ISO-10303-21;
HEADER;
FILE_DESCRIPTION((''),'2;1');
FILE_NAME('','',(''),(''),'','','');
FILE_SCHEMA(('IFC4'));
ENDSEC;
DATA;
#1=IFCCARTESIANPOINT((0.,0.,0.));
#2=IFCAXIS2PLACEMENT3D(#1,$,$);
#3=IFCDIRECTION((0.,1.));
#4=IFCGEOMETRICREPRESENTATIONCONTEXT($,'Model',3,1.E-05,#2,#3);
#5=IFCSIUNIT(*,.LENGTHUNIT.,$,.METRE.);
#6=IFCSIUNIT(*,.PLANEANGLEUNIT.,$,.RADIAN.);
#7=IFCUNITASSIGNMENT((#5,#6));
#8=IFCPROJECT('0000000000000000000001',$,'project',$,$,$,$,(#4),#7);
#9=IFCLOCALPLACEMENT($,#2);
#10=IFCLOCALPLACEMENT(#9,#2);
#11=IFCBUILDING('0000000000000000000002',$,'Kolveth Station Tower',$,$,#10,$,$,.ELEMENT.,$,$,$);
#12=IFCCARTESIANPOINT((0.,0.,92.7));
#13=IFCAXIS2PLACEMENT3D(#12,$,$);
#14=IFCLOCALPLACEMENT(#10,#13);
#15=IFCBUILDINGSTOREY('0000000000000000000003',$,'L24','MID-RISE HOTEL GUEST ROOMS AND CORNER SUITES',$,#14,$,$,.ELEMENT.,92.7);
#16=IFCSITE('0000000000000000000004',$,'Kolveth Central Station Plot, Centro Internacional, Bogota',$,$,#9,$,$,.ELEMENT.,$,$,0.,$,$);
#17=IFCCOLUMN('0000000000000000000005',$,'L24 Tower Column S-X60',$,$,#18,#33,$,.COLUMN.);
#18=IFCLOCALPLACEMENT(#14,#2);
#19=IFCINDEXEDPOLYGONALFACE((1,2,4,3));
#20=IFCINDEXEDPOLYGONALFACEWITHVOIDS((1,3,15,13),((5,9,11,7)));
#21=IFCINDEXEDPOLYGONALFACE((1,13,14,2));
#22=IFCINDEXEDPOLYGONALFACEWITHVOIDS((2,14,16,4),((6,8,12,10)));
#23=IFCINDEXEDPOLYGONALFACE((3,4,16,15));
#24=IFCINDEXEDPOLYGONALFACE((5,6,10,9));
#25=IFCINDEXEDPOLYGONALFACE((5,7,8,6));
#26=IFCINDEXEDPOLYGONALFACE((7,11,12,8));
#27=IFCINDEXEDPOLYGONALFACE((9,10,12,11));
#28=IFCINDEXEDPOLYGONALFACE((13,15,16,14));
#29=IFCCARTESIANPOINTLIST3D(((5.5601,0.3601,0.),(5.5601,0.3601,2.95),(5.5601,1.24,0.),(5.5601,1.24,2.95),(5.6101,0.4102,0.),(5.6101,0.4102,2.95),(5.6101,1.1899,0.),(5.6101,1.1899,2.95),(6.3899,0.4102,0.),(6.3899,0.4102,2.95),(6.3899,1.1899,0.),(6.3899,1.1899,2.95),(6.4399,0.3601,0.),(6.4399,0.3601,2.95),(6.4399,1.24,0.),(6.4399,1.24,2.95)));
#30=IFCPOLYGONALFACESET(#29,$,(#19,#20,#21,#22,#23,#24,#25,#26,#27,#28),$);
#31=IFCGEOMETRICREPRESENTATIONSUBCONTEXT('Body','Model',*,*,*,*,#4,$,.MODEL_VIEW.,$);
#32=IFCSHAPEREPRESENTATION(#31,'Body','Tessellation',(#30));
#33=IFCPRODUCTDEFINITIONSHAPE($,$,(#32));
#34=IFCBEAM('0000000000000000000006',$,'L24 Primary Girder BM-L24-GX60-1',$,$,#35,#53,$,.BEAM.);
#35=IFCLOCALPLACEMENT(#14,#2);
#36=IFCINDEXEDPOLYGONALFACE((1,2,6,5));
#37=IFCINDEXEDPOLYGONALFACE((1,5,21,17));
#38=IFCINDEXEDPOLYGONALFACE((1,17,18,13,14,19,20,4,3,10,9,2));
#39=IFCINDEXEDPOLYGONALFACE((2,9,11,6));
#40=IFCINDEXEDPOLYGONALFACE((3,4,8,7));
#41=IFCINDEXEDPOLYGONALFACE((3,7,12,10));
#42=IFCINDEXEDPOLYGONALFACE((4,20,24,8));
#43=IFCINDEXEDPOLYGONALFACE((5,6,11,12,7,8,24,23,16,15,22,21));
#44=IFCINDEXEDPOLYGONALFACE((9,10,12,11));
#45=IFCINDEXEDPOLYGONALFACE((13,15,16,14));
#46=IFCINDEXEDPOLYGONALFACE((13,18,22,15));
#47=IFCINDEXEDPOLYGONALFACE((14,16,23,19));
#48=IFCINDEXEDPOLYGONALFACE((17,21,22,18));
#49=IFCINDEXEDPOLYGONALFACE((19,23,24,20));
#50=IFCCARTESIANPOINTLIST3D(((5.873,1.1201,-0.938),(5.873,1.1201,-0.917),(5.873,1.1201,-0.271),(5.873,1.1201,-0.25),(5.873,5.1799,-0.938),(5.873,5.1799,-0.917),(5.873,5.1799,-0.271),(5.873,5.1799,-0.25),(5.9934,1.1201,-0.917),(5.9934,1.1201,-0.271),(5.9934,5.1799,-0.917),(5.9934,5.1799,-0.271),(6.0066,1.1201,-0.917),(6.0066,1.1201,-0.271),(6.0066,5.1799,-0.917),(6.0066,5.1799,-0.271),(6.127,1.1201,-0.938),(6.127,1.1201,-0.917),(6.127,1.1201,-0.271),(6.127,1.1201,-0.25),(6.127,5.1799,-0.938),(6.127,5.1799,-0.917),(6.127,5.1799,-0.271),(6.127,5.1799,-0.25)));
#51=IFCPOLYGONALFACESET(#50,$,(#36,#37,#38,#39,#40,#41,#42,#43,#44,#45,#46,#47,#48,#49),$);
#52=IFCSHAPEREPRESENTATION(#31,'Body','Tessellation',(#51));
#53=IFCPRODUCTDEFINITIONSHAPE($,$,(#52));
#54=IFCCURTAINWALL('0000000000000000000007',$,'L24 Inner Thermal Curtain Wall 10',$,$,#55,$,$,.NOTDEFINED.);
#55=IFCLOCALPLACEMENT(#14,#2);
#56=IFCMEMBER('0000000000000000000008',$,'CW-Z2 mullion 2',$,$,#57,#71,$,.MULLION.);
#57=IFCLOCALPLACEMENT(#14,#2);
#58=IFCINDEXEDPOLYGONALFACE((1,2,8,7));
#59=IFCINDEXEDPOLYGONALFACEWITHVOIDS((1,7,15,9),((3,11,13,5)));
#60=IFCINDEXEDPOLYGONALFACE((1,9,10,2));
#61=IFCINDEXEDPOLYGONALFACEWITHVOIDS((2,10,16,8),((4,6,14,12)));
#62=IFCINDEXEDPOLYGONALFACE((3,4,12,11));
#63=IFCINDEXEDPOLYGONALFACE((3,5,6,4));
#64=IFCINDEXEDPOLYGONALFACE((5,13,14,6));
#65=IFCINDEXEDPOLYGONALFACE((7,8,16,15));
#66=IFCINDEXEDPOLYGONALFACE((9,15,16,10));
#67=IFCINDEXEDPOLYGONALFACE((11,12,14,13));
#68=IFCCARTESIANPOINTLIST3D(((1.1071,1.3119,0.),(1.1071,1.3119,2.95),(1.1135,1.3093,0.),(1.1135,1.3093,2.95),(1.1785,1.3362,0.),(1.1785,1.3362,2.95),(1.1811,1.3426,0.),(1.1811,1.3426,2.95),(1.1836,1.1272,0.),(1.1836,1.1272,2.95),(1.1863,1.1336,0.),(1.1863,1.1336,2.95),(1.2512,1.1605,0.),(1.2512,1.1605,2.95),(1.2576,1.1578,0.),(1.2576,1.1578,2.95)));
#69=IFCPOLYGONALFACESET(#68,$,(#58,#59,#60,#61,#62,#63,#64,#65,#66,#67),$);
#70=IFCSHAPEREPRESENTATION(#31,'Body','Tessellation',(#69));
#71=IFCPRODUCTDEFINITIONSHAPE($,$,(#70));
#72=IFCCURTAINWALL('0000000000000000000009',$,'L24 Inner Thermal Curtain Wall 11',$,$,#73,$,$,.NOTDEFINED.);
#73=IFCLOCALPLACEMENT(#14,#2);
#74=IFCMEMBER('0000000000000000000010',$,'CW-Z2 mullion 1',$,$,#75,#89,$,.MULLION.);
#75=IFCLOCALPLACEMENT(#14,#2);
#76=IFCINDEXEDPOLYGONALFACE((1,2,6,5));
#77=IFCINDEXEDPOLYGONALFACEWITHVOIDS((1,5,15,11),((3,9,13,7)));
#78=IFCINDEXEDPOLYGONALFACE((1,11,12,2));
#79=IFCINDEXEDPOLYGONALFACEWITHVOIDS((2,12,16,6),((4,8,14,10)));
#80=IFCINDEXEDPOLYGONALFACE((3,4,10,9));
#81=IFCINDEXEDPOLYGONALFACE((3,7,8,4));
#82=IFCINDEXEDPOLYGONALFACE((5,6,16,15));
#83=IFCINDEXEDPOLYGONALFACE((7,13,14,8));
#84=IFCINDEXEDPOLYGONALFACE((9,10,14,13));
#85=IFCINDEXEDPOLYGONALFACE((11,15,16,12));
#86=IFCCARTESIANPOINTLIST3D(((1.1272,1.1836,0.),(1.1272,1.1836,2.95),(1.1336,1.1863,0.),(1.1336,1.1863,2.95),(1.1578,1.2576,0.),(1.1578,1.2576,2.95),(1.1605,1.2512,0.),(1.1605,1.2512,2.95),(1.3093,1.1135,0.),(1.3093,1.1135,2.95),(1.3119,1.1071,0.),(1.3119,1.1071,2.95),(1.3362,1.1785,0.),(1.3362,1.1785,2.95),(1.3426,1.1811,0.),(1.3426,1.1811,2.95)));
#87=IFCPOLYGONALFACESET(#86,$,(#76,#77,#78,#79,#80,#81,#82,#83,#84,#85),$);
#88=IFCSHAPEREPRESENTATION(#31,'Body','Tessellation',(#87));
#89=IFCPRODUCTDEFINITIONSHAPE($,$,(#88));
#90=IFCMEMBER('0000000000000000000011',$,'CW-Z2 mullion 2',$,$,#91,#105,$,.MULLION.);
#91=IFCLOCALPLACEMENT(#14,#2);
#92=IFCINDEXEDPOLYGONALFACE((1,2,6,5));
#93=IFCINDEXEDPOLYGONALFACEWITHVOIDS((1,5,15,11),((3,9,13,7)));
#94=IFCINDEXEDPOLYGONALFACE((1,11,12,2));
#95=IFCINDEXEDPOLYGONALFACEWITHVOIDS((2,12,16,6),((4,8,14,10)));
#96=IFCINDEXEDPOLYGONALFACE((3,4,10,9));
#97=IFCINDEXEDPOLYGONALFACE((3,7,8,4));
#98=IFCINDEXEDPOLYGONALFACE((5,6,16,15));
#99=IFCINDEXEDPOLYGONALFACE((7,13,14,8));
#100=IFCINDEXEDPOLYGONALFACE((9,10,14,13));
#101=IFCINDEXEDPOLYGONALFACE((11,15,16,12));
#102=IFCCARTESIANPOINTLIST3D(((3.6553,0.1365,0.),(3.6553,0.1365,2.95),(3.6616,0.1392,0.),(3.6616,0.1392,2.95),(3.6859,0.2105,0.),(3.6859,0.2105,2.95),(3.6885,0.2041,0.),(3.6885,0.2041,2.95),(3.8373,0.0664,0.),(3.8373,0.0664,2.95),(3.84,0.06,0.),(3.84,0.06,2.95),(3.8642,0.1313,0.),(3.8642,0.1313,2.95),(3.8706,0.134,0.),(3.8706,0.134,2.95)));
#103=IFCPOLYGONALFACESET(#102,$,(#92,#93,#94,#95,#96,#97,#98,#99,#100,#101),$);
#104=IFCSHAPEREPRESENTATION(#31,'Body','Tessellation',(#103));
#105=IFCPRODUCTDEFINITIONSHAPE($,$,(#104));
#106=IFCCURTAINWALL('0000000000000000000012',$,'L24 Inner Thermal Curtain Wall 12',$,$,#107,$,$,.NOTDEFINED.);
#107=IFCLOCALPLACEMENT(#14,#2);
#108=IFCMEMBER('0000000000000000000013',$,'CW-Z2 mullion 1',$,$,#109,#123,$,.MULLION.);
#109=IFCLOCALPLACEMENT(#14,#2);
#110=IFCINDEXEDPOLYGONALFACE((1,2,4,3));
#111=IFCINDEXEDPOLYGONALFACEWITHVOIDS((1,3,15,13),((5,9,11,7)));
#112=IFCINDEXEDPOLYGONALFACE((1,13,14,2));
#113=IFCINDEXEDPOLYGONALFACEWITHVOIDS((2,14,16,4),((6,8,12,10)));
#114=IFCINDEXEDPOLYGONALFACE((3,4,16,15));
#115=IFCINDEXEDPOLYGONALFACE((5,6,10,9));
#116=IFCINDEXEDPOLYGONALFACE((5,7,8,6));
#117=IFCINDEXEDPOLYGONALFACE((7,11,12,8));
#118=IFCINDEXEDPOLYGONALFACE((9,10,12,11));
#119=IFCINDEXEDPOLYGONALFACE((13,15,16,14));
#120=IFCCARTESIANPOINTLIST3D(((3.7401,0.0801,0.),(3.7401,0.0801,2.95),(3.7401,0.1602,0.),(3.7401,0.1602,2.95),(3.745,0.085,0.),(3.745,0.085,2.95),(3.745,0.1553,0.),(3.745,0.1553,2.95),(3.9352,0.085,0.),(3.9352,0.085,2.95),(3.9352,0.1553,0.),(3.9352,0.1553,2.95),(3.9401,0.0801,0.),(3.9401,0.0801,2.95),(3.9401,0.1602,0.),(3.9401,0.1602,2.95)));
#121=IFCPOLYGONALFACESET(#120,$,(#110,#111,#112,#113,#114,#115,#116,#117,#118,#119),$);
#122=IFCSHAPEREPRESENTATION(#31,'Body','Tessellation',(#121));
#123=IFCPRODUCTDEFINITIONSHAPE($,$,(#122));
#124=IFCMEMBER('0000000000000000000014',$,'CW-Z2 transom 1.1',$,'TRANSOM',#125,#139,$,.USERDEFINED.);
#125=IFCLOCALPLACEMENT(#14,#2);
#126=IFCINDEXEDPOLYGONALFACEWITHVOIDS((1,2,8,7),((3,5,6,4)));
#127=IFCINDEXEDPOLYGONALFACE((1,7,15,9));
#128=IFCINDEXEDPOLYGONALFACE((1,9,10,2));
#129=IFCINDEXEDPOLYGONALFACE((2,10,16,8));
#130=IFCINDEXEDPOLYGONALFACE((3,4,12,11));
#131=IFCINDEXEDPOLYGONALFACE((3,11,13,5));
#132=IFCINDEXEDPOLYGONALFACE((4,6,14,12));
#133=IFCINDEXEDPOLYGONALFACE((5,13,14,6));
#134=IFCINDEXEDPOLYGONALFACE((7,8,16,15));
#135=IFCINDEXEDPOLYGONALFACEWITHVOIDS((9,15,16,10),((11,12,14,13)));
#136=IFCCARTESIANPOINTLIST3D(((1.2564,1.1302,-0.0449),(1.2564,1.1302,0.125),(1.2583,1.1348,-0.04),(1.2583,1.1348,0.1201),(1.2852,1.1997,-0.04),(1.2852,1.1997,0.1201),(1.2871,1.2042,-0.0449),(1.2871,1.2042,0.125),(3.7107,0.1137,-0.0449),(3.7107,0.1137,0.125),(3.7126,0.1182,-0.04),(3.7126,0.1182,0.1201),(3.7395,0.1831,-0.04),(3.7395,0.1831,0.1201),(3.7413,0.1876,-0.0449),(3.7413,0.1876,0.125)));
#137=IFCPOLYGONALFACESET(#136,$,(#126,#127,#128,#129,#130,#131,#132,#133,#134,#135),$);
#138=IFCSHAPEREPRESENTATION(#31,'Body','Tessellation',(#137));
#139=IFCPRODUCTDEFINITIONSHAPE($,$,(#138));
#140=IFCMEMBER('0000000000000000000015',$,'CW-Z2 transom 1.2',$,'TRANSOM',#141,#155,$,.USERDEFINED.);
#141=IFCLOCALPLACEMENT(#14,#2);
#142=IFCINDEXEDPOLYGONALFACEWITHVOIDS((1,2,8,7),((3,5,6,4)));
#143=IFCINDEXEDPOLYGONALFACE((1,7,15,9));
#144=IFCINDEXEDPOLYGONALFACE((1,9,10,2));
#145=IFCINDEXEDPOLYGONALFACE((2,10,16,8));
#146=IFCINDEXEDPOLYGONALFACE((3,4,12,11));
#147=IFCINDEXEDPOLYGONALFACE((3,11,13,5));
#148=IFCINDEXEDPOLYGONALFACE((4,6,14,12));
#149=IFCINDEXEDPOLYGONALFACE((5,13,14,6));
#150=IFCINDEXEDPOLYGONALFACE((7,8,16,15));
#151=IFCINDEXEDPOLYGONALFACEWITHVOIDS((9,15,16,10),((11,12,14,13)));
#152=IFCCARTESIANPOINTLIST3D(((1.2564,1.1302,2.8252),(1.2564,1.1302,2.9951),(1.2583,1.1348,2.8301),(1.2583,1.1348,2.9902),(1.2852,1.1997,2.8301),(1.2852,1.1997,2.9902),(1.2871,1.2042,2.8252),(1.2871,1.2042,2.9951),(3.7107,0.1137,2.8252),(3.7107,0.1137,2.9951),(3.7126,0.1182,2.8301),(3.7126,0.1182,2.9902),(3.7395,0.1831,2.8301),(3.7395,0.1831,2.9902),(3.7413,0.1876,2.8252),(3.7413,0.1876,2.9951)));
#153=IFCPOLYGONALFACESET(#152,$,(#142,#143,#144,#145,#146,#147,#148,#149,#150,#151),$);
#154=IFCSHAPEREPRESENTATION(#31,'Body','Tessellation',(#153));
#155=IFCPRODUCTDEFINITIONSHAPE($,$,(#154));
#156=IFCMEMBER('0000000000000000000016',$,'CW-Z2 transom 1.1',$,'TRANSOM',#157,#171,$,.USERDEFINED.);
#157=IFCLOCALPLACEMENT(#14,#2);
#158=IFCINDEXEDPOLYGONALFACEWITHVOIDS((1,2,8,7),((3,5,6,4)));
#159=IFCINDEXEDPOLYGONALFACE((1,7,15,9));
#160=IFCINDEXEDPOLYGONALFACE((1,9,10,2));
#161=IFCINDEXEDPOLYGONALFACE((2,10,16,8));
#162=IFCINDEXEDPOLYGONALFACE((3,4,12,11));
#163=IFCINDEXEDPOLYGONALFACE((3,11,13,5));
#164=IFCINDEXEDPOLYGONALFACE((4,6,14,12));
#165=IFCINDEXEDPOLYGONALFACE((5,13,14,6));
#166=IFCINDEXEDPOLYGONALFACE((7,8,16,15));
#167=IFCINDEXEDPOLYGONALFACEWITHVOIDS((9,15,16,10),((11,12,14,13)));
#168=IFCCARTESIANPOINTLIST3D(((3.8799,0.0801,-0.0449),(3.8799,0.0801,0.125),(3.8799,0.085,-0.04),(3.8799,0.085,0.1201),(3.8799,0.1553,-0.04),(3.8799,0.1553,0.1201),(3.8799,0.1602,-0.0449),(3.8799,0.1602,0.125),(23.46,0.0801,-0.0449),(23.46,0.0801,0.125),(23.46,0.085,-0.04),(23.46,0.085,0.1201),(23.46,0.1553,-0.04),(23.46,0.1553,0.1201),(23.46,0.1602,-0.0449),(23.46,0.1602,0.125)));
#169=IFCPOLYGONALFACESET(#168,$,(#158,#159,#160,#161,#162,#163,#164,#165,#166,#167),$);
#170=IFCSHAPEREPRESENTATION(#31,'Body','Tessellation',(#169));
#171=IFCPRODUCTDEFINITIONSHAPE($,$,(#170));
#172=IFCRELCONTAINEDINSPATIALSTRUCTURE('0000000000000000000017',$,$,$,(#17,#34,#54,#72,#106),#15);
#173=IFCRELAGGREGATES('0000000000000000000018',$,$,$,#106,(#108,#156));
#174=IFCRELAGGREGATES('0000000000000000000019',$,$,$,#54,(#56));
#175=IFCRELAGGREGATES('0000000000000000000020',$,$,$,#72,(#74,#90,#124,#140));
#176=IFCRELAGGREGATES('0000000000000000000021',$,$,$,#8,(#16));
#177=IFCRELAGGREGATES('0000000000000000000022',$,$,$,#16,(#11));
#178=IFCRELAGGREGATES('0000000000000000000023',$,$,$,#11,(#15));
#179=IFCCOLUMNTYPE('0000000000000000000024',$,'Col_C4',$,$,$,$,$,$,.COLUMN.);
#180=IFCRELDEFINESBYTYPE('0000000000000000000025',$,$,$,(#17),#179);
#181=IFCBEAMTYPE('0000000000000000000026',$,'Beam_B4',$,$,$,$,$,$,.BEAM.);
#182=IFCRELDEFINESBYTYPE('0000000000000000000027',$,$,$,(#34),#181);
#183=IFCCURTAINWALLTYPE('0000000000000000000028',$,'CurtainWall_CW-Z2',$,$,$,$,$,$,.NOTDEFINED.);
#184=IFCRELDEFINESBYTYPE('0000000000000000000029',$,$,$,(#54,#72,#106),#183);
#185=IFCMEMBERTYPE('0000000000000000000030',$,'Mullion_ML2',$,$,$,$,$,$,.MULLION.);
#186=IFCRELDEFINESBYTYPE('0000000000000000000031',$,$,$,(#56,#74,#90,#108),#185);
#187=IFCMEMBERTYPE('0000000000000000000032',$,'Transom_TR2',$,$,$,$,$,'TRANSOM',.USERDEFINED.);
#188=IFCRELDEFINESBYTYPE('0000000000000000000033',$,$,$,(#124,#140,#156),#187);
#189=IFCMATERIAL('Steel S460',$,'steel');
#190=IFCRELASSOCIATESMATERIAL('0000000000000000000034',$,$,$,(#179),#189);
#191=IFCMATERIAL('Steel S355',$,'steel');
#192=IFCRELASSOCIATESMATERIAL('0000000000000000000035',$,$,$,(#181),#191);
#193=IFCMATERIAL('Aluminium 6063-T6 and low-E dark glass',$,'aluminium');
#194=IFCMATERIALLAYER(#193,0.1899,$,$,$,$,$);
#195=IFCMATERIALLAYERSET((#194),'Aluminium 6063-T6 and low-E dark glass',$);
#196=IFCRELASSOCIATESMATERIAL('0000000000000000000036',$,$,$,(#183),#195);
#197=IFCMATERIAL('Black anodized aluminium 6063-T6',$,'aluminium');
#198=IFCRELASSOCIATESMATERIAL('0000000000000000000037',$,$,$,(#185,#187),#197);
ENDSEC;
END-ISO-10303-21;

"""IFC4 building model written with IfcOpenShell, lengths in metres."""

from ifc_helpers import new_model, si_unit, direction, frame, origin, origin_2d, place, context, subcontext, project, spatial, hollow_rectangle, i_section, extrude, source, transform, mapped, material, layer, layer_set, material_profile, profile_set, type_object, element, aggregate, save


model = new_model("IFC4")

# Units and contexts
model_context = context("Model", 3, precision=1e-05, world=origin(), true_north=direction((0.0, 1.0)))
body_context = subcontext(model_context, "Body", "Model", "MODEL_VIEW")
ifc_project = project(units=[si_unit("LENGTHUNIT", "METRE"), si_unit("PLANEANGLEUNIT", "RADIAN")], contexts=[model_context])

# Site, building, storey
site_placement = place(None, origin())
site = spatial("IfcSite", under=ifc_project, at=site_placement, Name="Kolveth Central Station Plot, Centro Internacional, Bogota", CompositionType="ELEMENT", RefElevation=0.0)
building_placement = place(site_placement, origin())
building = spatial("IfcBuilding", under=site, at=building_placement, Name="Kolveth Station Tower", CompositionType="ELEMENT")
storey_placement = place(building_placement, frame((0.0, 0.0, 92.7)))
storey = spatial("IfcBuildingStorey", under=building, at=storey_placement, Name="L24", Description="MID-RISE HOTEL GUEST ROOMS AND CORNER SUITES", CompositionType="ELEMENT", Elevation=92.7)

# Column
ifc_material_1 = material(Name="Steel S460", Category="steel")
ifc_material_profile_1 = material_profile(ifc_material_1, hollow_rectangle(XDim=0.8799, YDim=0.8799, WallThickness=0.05, at=origin_2d()), Name="BOX880x880x50")
ifc_profile_set_1 = profile_set([ifc_material_profile_1], Name="Steel S460")
column_type = type_object("IfcColumnType", Name="Col_C4", PredefinedType="COLUMN", material=ifc_profile_set_1)
shared_shape_1 = source(origin(), body_context, "Body", "SweptSolid", [
    extrude(hollow_rectangle(XDim=0.8799, YDim=0.8799, WallThickness=0.05, at=origin_2d()), origin(), (0.0, 0.0, 1.0), 2.95),
])
column_placement = place(storey_placement, frame((6.0, 0.8, 0.0), z_axis=(0.0, 0.0, 1.0), x_axis=(1.0, 0.0, 0.0)))
element("IfcColumn", 1, at=column_placement, inside=storey, type_object=column_type, Name="L24 Tower Column S-X60", PredefinedType="COLUMN", context=body_context, shape_type="MappedRepresentation", body=[
    mapped(shared_shape_1, transform((0.0, 0.0, 0.0), x_axis=(1.0, 0.0, 0.0), y_axis=(0.0, 1.0, 0.0), z_axis=(0.0, 0.0, 1.0), scale=1.0)),
])

# Beam
ifc_material_2 = material(Name="Steel S355", Category="steel")
ifc_material_profile_2 = material_profile(ifc_material_2, i_section(OverallWidth=0.2539, OverallDepth=0.688, WebThickness=0.0132, FlangeThickness=0.021, at=origin_2d()), Name="W690x152")
ifc_profile_set_2 = profile_set([ifc_material_profile_2], Name="Steel S355")
beam_type = type_object("IfcBeamType", Name="Beam_B4", PredefinedType="BEAM", material=ifc_profile_set_2)
shared_shape_2 = source(origin(), body_context, "Body", "SweptSolid", [
    extrude(i_section(OverallWidth=0.2539, OverallDepth=0.688, WebThickness=0.0132, FlangeThickness=0.021, at=origin_2d()), origin(), (0.0, 0.0, 1.0), 4.0598),
])
beam_placement = place(storey_placement, frame((6.0, 1.1201, -0.594), z_axis=(0.0, 1.0, 0.0), x_axis=(-1.0, 0.0, 0.0)))
element("IfcBeam", 2, at=beam_placement, inside=storey, type_object=beam_type, Name="L24 Primary Girder BM-L24-GX60-1", PredefinedType="BEAM", context=body_context, shape_type="MappedRepresentation", body=[
    mapped(shared_shape_2, transform((0.0, 0.0, 0.0), x_axis=(1.0, 0.0, 0.0), y_axis=(0.0, 1.0, 0.0), z_axis=(0.0, 0.0, 1.0), scale=1.0)),
])

# Curtain wall, member
ifc_material_3 = material(Name="Aluminium 6063-T6 and low-E dark glass", Category="aluminium")
ifc_layer_1 = layer(ifc_material_3, 0.1899)
ifc_layer_set_1 = layer_set([ifc_layer_1], Name="Aluminium 6063-T6 and low-E dark glass")
curtain_wall_type_1 = type_object("IfcCurtainWallType", Name="CurtainWall_CW-Z2", PredefinedType="NOTDEFINED", material=ifc_layer_set_1)
curtain_wall_1_placement = place(storey_placement, origin())
curtain_wall_1 = element("IfcCurtainWall", 3, at=curtain_wall_1_placement, inside=storey, type_object=curtain_wall_type_1, Name="L24 Inner Thermal Curtain Wall 10", PredefinedType="NOTDEFINED")
ifc_material_4 = material(Name="Black anodized aluminium 6063-T6", Category="aluminium")
ifc_material_profile_3 = material_profile(ifc_material_4, hollow_rectangle(XDim=0.0801, YDim=0.2, WallThickness=0.0049, at=origin_2d()), Name="ALU-80x200x5")
ifc_profile_set_3 = profile_set([ifc_material_profile_3], Name="Black anodized aluminium 6063-T6")
member_type_1 = type_object("IfcMemberType", Name="Mullion_ML2", PredefinedType="MULLION", material=ifc_profile_set_3)
shared_shape_3 = source(origin(), body_context, "Body", "SweptSolid", [
    extrude(hollow_rectangle(XDim=0.0801, YDim=0.2, WallThickness=0.0049, at=origin_2d()), origin(), (0.0, 0.0, 1.0), 2.95),
])
member_1_placement = place(storey_placement, frame((1.1824, 1.2349, 0.0), z_axis=(0.0, 0.0, 1.0), x_axis=(0.923888, 0.382663, 0.0)))
member_1 = element("IfcMember", 4, at=member_1_placement, type_object=member_type_1, Name="CW-Z2 mullion 2", PredefinedType="MULLION", context=body_context, shape_type="MappedRepresentation", body=[
    mapped(shared_shape_3, transform((0.0, 0.0, 0.0), x_axis=(1.0, 0.0, 0.0), y_axis=(0.0, 1.0, 0.0), z_axis=(0.0, 0.0, 1.0), scale=1.0)),
])

# Curtain wall, members
curtain_wall_2_placement = place(storey_placement, origin())
curtain_wall_2 = element("IfcCurtainWall", 5, at=curtain_wall_2_placement, inside=storey, type_object=curtain_wall_type_1, Name="L24 Inner Thermal Curtain Wall 11", PredefinedType="NOTDEFINED")
member_2_placement = place(storey_placement, frame((1.2349, 1.1824, 0.0), z_axis=(0.0, 0.0, 1.0), x_axis=(0.382663, 0.923888, 0.0)))
member_2 = element("IfcMember", 6, at=member_2_placement, type_object=member_type_1, Name="CW-Z2 mullion 1", PredefinedType="MULLION", context=body_context, shape_type="MappedRepresentation", body=[
    mapped(shared_shape_3, transform((0.0, 0.0, 0.0), x_axis=(1.0, 0.0, 0.0), y_axis=(0.0, 1.0, 0.0), z_axis=(0.0, 0.0, 1.0), scale=1.0)),
])
member_3_placement = place(storey_placement, frame((3.7629, 0.1353, 0.0), z_axis=(0.0, 0.0, 1.0), x_axis=(0.382663, 0.923888, 0.0)))
member_3 = element("IfcMember", 7, at=member_3_placement, type_object=member_type_1, Name="CW-Z2 mullion 2", PredefinedType="MULLION", context=body_context, shape_type="MappedRepresentation", body=[
    mapped(shared_shape_3, transform((0.0, 0.0, 0.0), x_axis=(1.0, 0.0, 0.0), y_axis=(0.0, 1.0, 0.0), z_axis=(0.0, 0.0, 1.0), scale=1.0)),
])

# Curtain wall, member
curtain_wall_3_placement = place(storey_placement, origin())
curtain_wall_3 = element("IfcCurtainWall", 8, at=curtain_wall_3_placement, inside=storey, type_object=curtain_wall_type_1, Name="L24 Inner Thermal Curtain Wall 12", PredefinedType="NOTDEFINED")
member_4_placement = place(storey_placement, frame((3.8401, 0.1201, 0.0), z_axis=(0.0, 0.0, 1.0), x_axis=(0.0, 1.0, 0.0)))
member_4 = element("IfcMember", 9, at=member_4_placement, type_object=member_type_1, Name="CW-Z2 mullion 1", PredefinedType="MULLION", context=body_context, shape_type="MappedRepresentation", body=[
    mapped(shared_shape_3, transform((0.0, 0.0, 0.0), x_axis=(1.0, 0.0, 0.0), y_axis=(0.0, 1.0, 0.0), z_axis=(0.0, 0.0, 1.0), scale=1.0)),
])

# Members
ifc_material_profile_4 = material_profile(ifc_material_4, hollow_rectangle(XDim=0.0801, YDim=0.1699, WallThickness=0.0049, at=origin_2d()), Name="ALU-80x170x5")
ifc_profile_set_4 = profile_set([ifc_material_profile_4], Name="Black anodized aluminium 6063-T6")
member_type_2 = type_object("IfcMemberType", Name="Transom_TR2", ElementType="TRANSOM", PredefinedType="USERDEFINED", material=ifc_profile_set_4)
shared_shape_4 = source(origin(), body_context, "Body", "SweptSolid", [
    extrude(hollow_rectangle(XDim=0.0801, YDim=0.1699, WallThickness=0.0049, at=origin_2d()), origin(), (0.0, 0.0, 1.0), 2.6565),
])
member_5_placement = place(storey_placement, frame((1.2717, 1.1672, 0.04), z_axis=(0.923882, -0.382676, 0.0), x_axis=(0.382676, 0.923882, 0.0)))
member_5 = element("IfcMember", 10, at=member_5_placement, type_object=member_type_2, Name="CW-Z2 transom 1.1", ObjectType="TRANSOM", PredefinedType="USERDEFINED", context=body_context, shape_type="MappedRepresentation", body=[
    mapped(shared_shape_4, transform((0.0, 0.0, 0.0), x_axis=(1.0, 0.0, 0.0), y_axis=(0.0, 1.0, 0.0), z_axis=(0.0, 0.0, 1.0), scale=1.0)),
])
member_6_placement = place(storey_placement, frame((1.2717, 1.1672, 2.9102), z_axis=(0.923882, -0.382676, 0.0), x_axis=(0.382676, 0.923882, 0.0)))
member_6 = element("IfcMember", 11, at=member_6_placement, type_object=member_type_2, Name="CW-Z2 transom 1.2", ObjectType="TRANSOM", PredefinedType="USERDEFINED", context=body_context, shape_type="MappedRepresentation", body=[
    mapped(shared_shape_4, transform((0.0, 0.0, 0.0), x_axis=(1.0, 0.0, 0.0), y_axis=(0.0, 1.0, 0.0), z_axis=(0.0, 0.0, 1.0), scale=1.0)),
])
shared_shape_5 = source(origin(), body_context, "Body", "SweptSolid", [
    extrude(hollow_rectangle(XDim=0.0801, YDim=0.1699, WallThickness=0.0049, at=origin_2d()), origin(), (0.0, 0.0, 1.0), 19.5801),
])
member_7_placement = place(storey_placement, frame((3.8799, 0.1201, 0.04), z_axis=(1.0, 0.0, 0.0), x_axis=(0.0, 1.0, 0.0)))
member_7 = element("IfcMember", 12, at=member_7_placement, type_object=member_type_2, Name="CW-Z2 transom 1.1", ObjectType="TRANSOM", PredefinedType="USERDEFINED", context=body_context, shape_type="MappedRepresentation", body=[
    mapped(shared_shape_5, transform((0.0, 0.0, 0.0), x_axis=(1.0, 0.0, 0.0), y_axis=(0.0, 1.0, 0.0), z_axis=(0.0, 0.0, 1.0), scale=1.0)),
])
aggregate(curtain_wall_3, [member_4, member_7])

aggregate(curtain_wall_1, [member_1])
aggregate(curtain_wall_2, [member_2, member_3, member_5, member_6])

save(model, "model.ifc")
